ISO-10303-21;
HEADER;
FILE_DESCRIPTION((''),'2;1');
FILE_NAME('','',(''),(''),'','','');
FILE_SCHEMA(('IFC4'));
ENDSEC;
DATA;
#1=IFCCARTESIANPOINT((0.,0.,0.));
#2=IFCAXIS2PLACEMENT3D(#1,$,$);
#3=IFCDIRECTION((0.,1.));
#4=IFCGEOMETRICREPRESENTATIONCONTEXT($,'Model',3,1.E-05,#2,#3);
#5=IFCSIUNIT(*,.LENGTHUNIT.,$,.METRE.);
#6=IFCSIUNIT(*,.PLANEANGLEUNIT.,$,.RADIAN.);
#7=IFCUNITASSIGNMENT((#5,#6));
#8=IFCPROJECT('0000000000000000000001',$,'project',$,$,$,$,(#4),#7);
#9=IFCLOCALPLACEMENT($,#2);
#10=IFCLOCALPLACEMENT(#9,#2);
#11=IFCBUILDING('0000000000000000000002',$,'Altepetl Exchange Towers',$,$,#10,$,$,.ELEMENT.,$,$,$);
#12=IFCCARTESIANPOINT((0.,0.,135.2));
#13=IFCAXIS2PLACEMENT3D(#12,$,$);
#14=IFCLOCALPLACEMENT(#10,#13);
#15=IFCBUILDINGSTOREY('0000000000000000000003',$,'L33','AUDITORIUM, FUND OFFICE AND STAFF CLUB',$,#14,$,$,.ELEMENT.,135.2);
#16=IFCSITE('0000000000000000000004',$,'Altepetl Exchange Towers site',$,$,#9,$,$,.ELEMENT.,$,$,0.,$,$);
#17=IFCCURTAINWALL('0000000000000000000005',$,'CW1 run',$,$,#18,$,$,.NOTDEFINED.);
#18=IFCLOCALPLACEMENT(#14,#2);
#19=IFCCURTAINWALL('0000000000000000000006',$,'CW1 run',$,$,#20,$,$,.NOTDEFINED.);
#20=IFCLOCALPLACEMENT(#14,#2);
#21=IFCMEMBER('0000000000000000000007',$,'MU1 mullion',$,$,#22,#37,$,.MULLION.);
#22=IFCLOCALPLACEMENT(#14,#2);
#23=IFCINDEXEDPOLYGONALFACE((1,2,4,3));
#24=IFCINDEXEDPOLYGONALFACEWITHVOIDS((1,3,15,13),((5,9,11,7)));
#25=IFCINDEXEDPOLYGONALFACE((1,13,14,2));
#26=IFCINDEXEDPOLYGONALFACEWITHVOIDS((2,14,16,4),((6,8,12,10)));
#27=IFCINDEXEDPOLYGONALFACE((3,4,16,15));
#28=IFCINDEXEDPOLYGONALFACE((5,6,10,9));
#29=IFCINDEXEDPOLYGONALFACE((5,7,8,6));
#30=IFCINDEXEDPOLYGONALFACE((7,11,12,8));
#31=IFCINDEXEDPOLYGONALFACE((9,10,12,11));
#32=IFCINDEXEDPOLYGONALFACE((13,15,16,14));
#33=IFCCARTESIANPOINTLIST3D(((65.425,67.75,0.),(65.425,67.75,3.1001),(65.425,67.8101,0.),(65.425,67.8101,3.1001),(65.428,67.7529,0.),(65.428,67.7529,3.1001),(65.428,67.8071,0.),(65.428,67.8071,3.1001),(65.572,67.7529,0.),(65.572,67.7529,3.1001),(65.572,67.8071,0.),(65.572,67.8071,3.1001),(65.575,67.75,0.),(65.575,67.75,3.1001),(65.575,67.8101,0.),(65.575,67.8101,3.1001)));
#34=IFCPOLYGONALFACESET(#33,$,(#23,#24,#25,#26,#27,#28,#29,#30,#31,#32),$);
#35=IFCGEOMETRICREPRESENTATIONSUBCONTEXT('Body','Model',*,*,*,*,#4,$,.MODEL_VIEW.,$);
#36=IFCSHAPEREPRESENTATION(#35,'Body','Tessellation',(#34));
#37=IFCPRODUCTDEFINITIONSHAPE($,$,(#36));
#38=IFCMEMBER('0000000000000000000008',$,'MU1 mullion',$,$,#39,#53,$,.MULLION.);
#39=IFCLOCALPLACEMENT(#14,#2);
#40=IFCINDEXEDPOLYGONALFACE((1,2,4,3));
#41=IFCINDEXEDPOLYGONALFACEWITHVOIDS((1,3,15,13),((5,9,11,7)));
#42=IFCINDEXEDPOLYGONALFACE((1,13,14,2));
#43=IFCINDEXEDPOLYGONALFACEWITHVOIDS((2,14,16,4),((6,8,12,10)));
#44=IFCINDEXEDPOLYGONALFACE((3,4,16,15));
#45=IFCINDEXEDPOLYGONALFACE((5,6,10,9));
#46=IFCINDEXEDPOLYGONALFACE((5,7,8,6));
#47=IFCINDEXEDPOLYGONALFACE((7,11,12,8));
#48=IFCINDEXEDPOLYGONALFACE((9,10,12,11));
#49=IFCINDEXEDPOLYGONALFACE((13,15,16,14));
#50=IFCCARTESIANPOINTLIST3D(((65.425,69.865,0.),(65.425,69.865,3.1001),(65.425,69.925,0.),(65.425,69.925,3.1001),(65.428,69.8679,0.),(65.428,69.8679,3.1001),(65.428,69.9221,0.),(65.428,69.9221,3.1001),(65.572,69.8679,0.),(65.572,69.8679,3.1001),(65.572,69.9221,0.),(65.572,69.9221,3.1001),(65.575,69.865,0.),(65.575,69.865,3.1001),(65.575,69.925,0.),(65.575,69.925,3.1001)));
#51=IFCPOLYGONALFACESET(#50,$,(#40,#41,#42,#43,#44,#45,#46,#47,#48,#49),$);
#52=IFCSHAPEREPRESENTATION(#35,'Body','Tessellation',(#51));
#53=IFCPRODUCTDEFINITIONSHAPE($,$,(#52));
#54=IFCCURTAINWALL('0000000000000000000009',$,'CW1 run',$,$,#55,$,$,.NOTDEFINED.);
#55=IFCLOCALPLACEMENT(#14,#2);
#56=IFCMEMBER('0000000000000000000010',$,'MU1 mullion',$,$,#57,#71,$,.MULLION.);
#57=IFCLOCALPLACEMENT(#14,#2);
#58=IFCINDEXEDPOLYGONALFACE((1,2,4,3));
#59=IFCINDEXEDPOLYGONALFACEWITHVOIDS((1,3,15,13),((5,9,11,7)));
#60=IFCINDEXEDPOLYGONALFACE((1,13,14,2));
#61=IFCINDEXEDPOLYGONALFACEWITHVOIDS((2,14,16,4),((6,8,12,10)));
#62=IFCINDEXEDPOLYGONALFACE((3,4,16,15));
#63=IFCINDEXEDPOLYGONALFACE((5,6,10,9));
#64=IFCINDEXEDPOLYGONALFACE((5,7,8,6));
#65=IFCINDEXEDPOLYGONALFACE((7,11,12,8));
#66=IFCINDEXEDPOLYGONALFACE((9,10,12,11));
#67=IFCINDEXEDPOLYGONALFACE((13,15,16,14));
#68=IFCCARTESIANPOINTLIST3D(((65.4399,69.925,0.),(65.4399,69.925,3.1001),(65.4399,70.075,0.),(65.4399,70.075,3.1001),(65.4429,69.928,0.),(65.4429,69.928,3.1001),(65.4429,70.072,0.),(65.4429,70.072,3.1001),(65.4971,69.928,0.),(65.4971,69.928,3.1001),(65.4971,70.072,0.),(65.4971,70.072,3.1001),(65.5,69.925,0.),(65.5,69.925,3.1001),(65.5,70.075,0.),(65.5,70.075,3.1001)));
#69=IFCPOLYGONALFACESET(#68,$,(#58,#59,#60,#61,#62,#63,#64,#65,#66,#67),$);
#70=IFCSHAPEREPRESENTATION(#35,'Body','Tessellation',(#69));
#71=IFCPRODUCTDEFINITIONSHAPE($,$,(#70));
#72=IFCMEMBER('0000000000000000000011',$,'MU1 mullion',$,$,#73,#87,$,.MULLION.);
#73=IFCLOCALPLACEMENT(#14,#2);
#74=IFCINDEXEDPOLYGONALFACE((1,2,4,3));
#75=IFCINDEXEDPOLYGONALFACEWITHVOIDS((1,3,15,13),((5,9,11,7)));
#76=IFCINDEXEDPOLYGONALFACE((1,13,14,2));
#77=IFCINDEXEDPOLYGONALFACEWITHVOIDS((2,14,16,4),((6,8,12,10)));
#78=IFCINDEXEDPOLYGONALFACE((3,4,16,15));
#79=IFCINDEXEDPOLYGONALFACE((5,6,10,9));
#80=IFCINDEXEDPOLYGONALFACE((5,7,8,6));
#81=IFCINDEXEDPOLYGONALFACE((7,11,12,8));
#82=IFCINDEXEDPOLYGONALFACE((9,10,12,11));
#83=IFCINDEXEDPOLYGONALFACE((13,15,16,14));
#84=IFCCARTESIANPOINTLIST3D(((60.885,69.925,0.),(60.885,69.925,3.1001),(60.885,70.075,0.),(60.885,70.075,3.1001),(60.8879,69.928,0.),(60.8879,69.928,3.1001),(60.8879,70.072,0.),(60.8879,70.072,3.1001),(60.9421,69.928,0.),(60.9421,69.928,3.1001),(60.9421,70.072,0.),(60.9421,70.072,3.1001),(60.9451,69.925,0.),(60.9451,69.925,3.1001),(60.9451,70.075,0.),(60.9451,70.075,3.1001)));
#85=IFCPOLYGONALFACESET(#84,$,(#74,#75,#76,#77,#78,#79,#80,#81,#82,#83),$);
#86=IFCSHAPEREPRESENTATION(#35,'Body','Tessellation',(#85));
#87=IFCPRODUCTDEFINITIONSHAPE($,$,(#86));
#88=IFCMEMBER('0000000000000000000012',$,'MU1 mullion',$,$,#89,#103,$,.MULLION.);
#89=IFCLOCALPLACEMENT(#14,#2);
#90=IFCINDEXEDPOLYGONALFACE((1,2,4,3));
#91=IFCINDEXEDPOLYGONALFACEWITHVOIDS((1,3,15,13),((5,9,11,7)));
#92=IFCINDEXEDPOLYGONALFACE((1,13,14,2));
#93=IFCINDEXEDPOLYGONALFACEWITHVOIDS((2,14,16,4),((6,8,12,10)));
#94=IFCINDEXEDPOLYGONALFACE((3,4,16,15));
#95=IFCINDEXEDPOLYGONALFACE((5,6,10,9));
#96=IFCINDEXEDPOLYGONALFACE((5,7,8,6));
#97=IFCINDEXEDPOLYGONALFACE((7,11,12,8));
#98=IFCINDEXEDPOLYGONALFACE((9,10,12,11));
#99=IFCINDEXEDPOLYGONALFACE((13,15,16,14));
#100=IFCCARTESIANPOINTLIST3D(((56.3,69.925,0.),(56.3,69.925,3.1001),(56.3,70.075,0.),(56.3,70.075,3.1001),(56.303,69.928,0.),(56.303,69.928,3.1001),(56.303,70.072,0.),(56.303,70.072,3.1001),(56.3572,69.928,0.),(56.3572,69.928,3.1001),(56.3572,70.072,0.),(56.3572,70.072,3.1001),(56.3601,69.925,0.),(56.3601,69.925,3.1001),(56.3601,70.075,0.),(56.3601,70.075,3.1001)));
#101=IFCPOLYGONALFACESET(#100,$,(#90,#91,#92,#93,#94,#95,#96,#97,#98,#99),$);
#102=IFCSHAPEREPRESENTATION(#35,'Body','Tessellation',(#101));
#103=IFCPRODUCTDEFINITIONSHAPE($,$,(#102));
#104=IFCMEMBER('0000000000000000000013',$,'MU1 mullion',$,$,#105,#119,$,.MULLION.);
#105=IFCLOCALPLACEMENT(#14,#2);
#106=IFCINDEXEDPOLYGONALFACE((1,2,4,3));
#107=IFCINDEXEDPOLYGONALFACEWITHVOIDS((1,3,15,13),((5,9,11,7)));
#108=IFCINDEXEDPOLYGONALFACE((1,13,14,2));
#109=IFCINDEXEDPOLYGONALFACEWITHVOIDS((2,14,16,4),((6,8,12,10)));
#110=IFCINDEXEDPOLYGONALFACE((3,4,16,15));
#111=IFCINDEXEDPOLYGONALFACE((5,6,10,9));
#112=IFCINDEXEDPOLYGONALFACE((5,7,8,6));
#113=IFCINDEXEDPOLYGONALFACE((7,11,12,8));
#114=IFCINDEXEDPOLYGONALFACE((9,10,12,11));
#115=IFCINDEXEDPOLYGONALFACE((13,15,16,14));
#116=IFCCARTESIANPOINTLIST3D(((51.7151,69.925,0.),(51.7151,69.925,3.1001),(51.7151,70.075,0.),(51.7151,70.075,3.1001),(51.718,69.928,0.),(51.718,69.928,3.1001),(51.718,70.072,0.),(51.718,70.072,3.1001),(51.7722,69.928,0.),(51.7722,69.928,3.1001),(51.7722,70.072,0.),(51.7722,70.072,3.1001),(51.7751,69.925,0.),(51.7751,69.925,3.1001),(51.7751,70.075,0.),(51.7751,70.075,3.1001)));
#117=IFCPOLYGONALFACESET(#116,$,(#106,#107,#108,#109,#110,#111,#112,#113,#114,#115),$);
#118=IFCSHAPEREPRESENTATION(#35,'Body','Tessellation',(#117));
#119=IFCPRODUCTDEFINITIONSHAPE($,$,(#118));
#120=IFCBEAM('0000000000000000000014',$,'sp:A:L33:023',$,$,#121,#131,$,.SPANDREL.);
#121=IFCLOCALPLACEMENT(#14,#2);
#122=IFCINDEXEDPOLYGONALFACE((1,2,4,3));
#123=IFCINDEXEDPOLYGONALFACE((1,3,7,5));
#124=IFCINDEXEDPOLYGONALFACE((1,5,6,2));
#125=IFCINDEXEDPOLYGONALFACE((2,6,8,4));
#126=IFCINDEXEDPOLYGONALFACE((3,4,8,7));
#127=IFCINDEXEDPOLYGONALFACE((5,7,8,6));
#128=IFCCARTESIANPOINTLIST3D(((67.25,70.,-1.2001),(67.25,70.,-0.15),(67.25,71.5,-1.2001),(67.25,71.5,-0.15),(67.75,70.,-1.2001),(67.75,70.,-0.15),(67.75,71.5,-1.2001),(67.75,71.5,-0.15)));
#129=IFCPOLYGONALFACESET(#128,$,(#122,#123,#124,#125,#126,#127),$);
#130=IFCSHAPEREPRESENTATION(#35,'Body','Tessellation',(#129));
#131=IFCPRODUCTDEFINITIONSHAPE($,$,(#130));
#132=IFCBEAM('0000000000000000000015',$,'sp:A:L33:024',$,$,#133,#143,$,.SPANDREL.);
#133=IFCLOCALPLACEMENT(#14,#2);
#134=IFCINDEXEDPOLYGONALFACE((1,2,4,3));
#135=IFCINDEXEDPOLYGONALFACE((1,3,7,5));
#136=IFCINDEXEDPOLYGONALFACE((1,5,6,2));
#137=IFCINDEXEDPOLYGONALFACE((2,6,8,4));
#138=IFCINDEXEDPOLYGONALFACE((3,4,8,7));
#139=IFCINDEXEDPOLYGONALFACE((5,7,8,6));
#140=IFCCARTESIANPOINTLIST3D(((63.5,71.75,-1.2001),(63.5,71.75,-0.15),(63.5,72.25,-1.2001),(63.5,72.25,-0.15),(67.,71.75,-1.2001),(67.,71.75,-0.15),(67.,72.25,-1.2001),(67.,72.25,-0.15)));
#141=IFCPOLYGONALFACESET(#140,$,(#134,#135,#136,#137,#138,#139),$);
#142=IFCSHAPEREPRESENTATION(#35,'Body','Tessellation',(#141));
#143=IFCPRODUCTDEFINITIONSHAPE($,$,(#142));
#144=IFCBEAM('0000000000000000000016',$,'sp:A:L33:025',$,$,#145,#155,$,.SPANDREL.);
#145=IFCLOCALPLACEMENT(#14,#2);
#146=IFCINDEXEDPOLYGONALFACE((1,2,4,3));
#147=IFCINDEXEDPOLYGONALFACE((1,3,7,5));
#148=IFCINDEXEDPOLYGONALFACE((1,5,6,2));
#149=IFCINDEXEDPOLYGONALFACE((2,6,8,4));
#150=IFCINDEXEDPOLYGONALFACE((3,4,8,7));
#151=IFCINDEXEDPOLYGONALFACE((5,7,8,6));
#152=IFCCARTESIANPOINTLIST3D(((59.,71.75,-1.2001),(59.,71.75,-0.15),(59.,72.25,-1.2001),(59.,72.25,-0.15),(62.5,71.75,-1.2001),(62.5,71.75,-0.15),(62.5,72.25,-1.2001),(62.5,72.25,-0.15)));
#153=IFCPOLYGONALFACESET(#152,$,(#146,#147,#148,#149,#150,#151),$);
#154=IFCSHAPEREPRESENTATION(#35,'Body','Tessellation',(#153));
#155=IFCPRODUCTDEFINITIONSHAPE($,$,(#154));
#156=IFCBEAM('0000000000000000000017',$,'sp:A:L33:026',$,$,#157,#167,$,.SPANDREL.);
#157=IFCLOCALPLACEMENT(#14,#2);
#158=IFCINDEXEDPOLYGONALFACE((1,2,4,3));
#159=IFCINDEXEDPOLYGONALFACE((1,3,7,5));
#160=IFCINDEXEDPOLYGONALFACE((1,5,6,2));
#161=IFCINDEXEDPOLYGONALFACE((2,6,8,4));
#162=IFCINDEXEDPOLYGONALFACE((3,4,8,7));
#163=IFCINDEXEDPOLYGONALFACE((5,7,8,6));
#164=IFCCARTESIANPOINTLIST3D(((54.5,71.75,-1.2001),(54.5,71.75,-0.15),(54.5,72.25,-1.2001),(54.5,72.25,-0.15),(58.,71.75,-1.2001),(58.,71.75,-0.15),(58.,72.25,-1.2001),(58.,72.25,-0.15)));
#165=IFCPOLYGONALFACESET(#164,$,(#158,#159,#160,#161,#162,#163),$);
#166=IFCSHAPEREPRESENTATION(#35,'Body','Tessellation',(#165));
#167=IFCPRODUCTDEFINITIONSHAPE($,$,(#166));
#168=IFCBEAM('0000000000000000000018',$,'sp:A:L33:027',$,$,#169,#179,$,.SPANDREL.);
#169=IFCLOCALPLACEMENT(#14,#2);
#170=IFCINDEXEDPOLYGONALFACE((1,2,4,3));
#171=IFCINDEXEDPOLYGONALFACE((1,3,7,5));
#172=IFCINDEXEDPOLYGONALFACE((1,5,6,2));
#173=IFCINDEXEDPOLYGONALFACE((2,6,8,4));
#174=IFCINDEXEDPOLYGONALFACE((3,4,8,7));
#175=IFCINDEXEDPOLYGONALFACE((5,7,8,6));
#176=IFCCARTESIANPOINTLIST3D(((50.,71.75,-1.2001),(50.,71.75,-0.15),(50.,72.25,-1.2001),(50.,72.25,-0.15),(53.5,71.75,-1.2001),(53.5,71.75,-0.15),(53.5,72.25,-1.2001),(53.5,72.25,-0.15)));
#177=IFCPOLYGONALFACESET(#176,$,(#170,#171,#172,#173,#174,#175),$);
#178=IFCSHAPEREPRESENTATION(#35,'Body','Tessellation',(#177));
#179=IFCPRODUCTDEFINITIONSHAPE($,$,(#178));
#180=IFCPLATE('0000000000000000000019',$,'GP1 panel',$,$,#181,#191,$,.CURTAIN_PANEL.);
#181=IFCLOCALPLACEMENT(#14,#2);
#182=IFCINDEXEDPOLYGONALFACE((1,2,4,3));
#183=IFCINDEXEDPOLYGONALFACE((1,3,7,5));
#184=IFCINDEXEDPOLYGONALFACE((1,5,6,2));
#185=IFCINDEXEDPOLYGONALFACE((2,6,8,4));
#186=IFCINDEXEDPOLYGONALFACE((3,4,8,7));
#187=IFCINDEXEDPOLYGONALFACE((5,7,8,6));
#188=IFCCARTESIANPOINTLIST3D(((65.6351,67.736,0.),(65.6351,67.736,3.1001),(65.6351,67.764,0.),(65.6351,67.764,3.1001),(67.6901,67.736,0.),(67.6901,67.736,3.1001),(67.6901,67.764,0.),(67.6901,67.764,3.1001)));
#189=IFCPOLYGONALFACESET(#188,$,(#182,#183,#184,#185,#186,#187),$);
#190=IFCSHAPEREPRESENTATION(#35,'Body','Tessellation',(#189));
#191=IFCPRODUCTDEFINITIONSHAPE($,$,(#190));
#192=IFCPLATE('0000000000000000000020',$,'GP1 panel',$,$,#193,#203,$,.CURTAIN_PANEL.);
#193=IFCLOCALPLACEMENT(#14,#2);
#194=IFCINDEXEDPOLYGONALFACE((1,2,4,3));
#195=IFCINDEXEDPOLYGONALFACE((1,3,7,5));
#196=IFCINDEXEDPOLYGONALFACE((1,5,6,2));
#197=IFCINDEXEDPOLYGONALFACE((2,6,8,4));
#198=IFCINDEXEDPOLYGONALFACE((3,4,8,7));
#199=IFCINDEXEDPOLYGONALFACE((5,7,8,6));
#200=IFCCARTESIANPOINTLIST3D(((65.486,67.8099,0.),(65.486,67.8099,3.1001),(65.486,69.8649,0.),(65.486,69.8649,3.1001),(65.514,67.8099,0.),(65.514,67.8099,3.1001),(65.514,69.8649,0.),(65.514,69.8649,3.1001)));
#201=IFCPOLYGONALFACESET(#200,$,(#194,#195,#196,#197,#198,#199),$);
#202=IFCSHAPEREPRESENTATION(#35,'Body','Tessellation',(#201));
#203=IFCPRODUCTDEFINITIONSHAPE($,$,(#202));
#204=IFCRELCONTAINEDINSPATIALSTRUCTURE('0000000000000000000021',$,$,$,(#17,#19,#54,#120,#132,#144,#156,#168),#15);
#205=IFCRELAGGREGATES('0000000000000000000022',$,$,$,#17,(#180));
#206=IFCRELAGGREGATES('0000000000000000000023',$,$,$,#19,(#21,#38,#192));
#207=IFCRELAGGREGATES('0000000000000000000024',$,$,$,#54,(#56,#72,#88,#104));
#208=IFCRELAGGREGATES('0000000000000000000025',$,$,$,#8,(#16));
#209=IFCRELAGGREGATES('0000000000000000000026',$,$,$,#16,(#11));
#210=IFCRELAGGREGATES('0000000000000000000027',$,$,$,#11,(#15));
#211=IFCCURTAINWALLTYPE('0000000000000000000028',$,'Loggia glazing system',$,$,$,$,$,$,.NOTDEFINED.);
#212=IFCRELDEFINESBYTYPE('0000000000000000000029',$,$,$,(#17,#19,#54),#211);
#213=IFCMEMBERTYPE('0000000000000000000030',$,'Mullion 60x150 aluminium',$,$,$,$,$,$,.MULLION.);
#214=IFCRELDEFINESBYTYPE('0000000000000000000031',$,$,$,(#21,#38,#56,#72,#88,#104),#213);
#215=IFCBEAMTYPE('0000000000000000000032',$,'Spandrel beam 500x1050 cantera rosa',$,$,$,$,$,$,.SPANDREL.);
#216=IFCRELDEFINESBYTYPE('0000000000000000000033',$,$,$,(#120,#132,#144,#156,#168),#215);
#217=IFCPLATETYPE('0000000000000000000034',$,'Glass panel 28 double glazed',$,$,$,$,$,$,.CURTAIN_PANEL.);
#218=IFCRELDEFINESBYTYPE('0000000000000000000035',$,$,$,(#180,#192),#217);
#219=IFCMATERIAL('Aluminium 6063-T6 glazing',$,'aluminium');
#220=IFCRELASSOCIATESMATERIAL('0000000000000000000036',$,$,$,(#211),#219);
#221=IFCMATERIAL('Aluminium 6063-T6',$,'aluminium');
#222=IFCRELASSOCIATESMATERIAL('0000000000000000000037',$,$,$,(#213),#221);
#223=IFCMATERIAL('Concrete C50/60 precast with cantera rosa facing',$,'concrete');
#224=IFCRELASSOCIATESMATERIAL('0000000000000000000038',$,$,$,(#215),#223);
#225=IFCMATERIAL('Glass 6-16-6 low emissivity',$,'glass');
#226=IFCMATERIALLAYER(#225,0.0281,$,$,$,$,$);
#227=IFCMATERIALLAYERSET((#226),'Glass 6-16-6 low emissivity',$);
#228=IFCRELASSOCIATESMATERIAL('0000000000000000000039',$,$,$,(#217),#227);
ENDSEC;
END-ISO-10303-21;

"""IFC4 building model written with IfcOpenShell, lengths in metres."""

from ifc_helpers import new_model, si_unit, direction, frame, origin, origin_2d, place, context, subcontext, project, spatial, rectangle, hollow_rectangle, extrude, material, layer, layer_set, material_profile, profile_set, type_object, element, aggregate, save


model = new_model("IFC4")

# Units and contexts
model_context = context("Model", 3, precision=1e-05, world=origin(), true_north=direction((0.0, 1.0)))
body_context = subcontext(model_context, "Body", "Model", "MODEL_VIEW")
ifc_project = project(units=[si_unit("LENGTHUNIT", "METRE"), si_unit("PLANEANGLEUNIT", "RADIAN")], contexts=[model_context])

# Site, building, storey
site_placement = place(None, origin())
site = spatial("IfcSite", under=ifc_project, at=site_placement, Name="Altepetl Exchange Towers site", CompositionType="ELEMENT", RefElevation=0.0)
building_placement = place(site_placement, origin())
building = spatial("IfcBuilding", under=site, at=building_placement, Name="Altepetl Exchange Towers", CompositionType="ELEMENT")
storey_placement = place(building_placement, frame((0.0, 0.0, 135.2)))
storey = spatial("IfcBuildingStorey", under=building, at=storey_placement, Name="L33", Description="AUDITORIUM, FUND OFFICE AND STAFF CLUB", CompositionType="ELEMENT", Elevation=135.2)

# Shared definitions
ifc_material_1 = material(Name="Aluminium 6063-T6 glazing", Category="aluminium")
curtain_wall_type = type_object("IfcCurtainWallType", Name="Loggia glazing system", PredefinedType="NOTDEFINED", material=ifc_material_1)
ifc_material_2 = material(Name="Aluminium 6063-T6", Category="aluminium")
ifc_material_profile_1 = material_profile(ifc_material_2, hollow_rectangle(XDim=0.0601, YDim=0.1499, WallThickness=0.0029, at=origin_2d()), Name="Mullion 60x150 aluminium")
ifc_profile_set_1 = profile_set([ifc_material_profile_1], Name="Aluminium 6063-T6")
member_type = type_object("IfcMemberType", Name="Mullion 60x150 aluminium", PredefinedType="MULLION", material=ifc_profile_set_1)

# Curtain walls, members
curtain_wall_1_placement = place(storey_placement, origin())
curtain_wall_1 = element("IfcCurtainWall", 1, at=curtain_wall_1_placement, inside=storey, type_object=curtain_wall_type, Name="CW1 run", PredefinedType="NOTDEFINED")
curtain_wall_2_placement = place(storey_placement, origin())
curtain_wall_2 = element("IfcCurtainWall", 2, at=curtain_wall_2_placement, inside=storey, type_object=curtain_wall_type, Name="CW1 run", PredefinedType="NOTDEFINED")
member_1_placement = place(storey_placement, frame((65.5, 67.78, 0.0), z_axis=(0.0, 0.0, 1.0), x_axis=(0.0, 1.0, 0.0)))
member_1 = element("IfcMember", 3, at=member_1_placement, type_object=member_type, Name="MU1 mullion", PredefinedType="MULLION", context=body_context, shape_type="SweptSolid", body=[
    extrude(hollow_rectangle(XDim=0.0601, YDim=0.1499, WallThickness=0.0029, at=origin_2d()), origin(), (0.0, 0.0, 1.0), 3.1001),
])
member_2_placement = place(storey_placement, frame((65.5, 69.895, 0.0), z_axis=(0.0, 0.0, 1.0), x_axis=(0.0, 1.0, 0.0)))
member_2 = element("IfcMember", 4, at=member_2_placement, type_object=member_type, Name="MU1 mullion", PredefinedType="MULLION", context=body_context, shape_type="SweptSolid", body=[
    extrude(hollow_rectangle(XDim=0.0601, YDim=0.1499, WallThickness=0.0029, at=origin_2d()), origin(), (0.0, 0.0, 1.0), 3.1001),
])
curtain_wall_3_placement = place(storey_placement, origin())
curtain_wall_3 = element("IfcCurtainWall", 5, at=curtain_wall_3_placement, inside=storey, type_object=curtain_wall_type, Name="CW1 run", PredefinedType="NOTDEFINED")
member_3_placement = place(storey_placement, frame((65.47, 70.0, 0.0), z_axis=(0.0, 0.0, 1.0), x_axis=(-1.0, 0.0, 0.0)))
member_3 = element("IfcMember", 6, at=member_3_placement, type_object=member_type, Name="MU1 mullion", PredefinedType="MULLION", context=body_context, shape_type="SweptSolid", body=[
    extrude(hollow_rectangle(XDim=0.0601, YDim=0.1499, WallThickness=0.0029, at=origin_2d()), origin(), (0.0, 0.0, 1.0), 3.1001),
])
member_4_placement = place(storey_placement, frame((60.915, 70.0, 0.0), z_axis=(0.0, 0.0, 1.0), x_axis=(-1.0, 0.0, 0.0)))
member_4 = element("IfcMember", 7, at=member_4_placement, type_object=member_type, Name="MU1 mullion", PredefinedType="MULLION", context=body_context, shape_type="SweptSolid", body=[
    extrude(hollow_rectangle(XDim=0.0601, YDim=0.1499, WallThickness=0.0029, at=origin_2d()), origin(), (0.0, 0.0, 1.0), 3.1001),
])
member_5_placement = place(storey_placement, frame((56.3301, 70.0, 0.0), z_axis=(0.0, 0.0, 1.0), x_axis=(-1.0, 0.0, 0.0)))
member_5 = element("IfcMember", 8, at=member_5_placement, type_object=member_type, Name="MU1 mullion", PredefinedType="MULLION", context=body_context, shape_type="SweptSolid", body=[
    extrude(hollow_rectangle(XDim=0.0601, YDim=0.1499, WallThickness=0.0029, at=origin_2d()), origin(), (0.0, 0.0, 1.0), 3.1001),
])
member_6_placement = place(storey_placement, frame((51.7451, 70.0, 0.0), z_axis=(0.0, 0.0, 1.0), x_axis=(-1.0, 0.0, 0.0)))
member_6 = element("IfcMember", 9, at=member_6_placement, type_object=member_type, Name="MU1 mullion", PredefinedType="MULLION", context=body_context, shape_type="SweptSolid", body=[
    extrude(hollow_rectangle(XDim=0.0601, YDim=0.1499, WallThickness=0.0029, at=origin_2d()), origin(), (0.0, 0.0, 1.0), 3.1001),
])

# Beams
ifc_material_3 = material(Name="Concrete C50/60 precast with cantera rosa facing", Category="concrete")
ifc_material_profile_2 = material_profile(ifc_material_3, rectangle(XDim=0.5, YDim=1.05, at=origin_2d()), Name="500 x 1050")
ifc_profile_set_2 = profile_set([ifc_material_profile_2], Name="Concrete C50/60 precast with cantera rosa facing")
beam_type_1 = type_object("IfcBeamType", Name="Spandrel beam 500x1050 cantera rosa", PredefinedType="SPANDREL", material=ifc_profile_set_2)
beam_1_placement = place(storey_placement, frame((67.5, 70.0, -0.675), z_axis=(0.0, 1.0, 0.0), x_axis=(-1.0, 0.0, 0.0)))
element("IfcBeam", 10, at=beam_1_placement, inside=storey, type_object=beam_type_1, Name="sp:A:L33:023", PredefinedType="SPANDREL", context=body_context, shape_type="SweptSolid", body=[
    extrude(rectangle(XDim=0.5, YDim=1.05, at=origin_2d()), origin(), (0.0, 0.0, 1.0), 1.5),
])
for number, where, z_axis, x_axis, name in (
    (11, (67.0, 72.0, -0.675), (-1.0, 0.0, 0.0), (0.0, -1.0, 0.0), "sp:A:L33:024"),
    (12, (62.5, 72.0, -0.675), (-1.0, 0.0, 0.0), (0.0, -1.0, 0.0), "sp:A:L33:025"),
    (13, (58.0, 72.0, -0.675), (-1.0, 0.0, 0.0), (0.0, -1.0, 0.0), "sp:A:L33:026"),
    (14, (53.5, 72.0, -0.675), (-1.0, 0.0, 0.0), (0.0, -1.0, 0.0), "sp:A:L33:027"),
):
    element("IfcBeam", number, at=place(storey_placement, frame(where, z_axis=z_axis, x_axis=x_axis)), inside=storey, type_object=beam_type_1, Name=name, PredefinedType="SPANDREL", context=body_context, shape_type="SweptSolid", body=[
        extrude(rectangle(XDim=0.5, YDim=1.05, at=origin_2d()), origin(), (0.0, 0.0, 1.0), 3.5),
    ])

# Plates
ifc_material_4 = material(Name="Glass 6-16-6 low emissivity", Category="glass")
ifc_layer_1 = layer(ifc_material_4, 0.0281)
ifc_layer_set_1 = layer_set([ifc_layer_1], Name="Glass 6-16-6 low emissivity")
plate_type = type_object("IfcPlateType", Name="Glass panel 28 double glazed", PredefinedType="CURTAIN_PANEL", material=ifc_layer_set_1)
plate_1_placement = place(storey_placement, frame((66.6626, 67.75, 0.0), z_axis=(0.0, 0.0, 1.0), x_axis=(-1.0, 0.0, 0.0)))
plate_1 = element("IfcPlate", 15, at=plate_1_placement, type_object=plate_type, Name="GP1 panel", PredefinedType="CURTAIN_PANEL", context=body_context, shape_type="SweptSolid", body=[
    extrude(rectangle(XDim=2.0549, YDim=0.0281, at=origin_2d()), origin(), (0.0, 0.0, 1.0), 3.1001),
])
aggregate(curtain_wall_1, [plate_1])
plate_2_placement = place(storey_placement, frame((65.5, 68.8374, 0.0), z_axis=(0.0, 0.0, 1.0), x_axis=(0.0, 1.0, 0.0)))
plate_2 = element("IfcPlate", 16, at=plate_2_placement, type_object=plate_type, Name="GP1 panel", PredefinedType="CURTAIN_PANEL", context=body_context, shape_type="SweptSolid", body=[
    extrude(rectangle(XDim=2.0549, YDim=0.0281, at=origin_2d()), origin(), (0.0, 0.0, 1.0), 3.1001),
])
aggregate(curtain_wall_2, [member_1, member_2, plate_2])
aggregate(curtain_wall_3, [member_3, member_4, member_5, member_6])

save(model, "model.ifc")
